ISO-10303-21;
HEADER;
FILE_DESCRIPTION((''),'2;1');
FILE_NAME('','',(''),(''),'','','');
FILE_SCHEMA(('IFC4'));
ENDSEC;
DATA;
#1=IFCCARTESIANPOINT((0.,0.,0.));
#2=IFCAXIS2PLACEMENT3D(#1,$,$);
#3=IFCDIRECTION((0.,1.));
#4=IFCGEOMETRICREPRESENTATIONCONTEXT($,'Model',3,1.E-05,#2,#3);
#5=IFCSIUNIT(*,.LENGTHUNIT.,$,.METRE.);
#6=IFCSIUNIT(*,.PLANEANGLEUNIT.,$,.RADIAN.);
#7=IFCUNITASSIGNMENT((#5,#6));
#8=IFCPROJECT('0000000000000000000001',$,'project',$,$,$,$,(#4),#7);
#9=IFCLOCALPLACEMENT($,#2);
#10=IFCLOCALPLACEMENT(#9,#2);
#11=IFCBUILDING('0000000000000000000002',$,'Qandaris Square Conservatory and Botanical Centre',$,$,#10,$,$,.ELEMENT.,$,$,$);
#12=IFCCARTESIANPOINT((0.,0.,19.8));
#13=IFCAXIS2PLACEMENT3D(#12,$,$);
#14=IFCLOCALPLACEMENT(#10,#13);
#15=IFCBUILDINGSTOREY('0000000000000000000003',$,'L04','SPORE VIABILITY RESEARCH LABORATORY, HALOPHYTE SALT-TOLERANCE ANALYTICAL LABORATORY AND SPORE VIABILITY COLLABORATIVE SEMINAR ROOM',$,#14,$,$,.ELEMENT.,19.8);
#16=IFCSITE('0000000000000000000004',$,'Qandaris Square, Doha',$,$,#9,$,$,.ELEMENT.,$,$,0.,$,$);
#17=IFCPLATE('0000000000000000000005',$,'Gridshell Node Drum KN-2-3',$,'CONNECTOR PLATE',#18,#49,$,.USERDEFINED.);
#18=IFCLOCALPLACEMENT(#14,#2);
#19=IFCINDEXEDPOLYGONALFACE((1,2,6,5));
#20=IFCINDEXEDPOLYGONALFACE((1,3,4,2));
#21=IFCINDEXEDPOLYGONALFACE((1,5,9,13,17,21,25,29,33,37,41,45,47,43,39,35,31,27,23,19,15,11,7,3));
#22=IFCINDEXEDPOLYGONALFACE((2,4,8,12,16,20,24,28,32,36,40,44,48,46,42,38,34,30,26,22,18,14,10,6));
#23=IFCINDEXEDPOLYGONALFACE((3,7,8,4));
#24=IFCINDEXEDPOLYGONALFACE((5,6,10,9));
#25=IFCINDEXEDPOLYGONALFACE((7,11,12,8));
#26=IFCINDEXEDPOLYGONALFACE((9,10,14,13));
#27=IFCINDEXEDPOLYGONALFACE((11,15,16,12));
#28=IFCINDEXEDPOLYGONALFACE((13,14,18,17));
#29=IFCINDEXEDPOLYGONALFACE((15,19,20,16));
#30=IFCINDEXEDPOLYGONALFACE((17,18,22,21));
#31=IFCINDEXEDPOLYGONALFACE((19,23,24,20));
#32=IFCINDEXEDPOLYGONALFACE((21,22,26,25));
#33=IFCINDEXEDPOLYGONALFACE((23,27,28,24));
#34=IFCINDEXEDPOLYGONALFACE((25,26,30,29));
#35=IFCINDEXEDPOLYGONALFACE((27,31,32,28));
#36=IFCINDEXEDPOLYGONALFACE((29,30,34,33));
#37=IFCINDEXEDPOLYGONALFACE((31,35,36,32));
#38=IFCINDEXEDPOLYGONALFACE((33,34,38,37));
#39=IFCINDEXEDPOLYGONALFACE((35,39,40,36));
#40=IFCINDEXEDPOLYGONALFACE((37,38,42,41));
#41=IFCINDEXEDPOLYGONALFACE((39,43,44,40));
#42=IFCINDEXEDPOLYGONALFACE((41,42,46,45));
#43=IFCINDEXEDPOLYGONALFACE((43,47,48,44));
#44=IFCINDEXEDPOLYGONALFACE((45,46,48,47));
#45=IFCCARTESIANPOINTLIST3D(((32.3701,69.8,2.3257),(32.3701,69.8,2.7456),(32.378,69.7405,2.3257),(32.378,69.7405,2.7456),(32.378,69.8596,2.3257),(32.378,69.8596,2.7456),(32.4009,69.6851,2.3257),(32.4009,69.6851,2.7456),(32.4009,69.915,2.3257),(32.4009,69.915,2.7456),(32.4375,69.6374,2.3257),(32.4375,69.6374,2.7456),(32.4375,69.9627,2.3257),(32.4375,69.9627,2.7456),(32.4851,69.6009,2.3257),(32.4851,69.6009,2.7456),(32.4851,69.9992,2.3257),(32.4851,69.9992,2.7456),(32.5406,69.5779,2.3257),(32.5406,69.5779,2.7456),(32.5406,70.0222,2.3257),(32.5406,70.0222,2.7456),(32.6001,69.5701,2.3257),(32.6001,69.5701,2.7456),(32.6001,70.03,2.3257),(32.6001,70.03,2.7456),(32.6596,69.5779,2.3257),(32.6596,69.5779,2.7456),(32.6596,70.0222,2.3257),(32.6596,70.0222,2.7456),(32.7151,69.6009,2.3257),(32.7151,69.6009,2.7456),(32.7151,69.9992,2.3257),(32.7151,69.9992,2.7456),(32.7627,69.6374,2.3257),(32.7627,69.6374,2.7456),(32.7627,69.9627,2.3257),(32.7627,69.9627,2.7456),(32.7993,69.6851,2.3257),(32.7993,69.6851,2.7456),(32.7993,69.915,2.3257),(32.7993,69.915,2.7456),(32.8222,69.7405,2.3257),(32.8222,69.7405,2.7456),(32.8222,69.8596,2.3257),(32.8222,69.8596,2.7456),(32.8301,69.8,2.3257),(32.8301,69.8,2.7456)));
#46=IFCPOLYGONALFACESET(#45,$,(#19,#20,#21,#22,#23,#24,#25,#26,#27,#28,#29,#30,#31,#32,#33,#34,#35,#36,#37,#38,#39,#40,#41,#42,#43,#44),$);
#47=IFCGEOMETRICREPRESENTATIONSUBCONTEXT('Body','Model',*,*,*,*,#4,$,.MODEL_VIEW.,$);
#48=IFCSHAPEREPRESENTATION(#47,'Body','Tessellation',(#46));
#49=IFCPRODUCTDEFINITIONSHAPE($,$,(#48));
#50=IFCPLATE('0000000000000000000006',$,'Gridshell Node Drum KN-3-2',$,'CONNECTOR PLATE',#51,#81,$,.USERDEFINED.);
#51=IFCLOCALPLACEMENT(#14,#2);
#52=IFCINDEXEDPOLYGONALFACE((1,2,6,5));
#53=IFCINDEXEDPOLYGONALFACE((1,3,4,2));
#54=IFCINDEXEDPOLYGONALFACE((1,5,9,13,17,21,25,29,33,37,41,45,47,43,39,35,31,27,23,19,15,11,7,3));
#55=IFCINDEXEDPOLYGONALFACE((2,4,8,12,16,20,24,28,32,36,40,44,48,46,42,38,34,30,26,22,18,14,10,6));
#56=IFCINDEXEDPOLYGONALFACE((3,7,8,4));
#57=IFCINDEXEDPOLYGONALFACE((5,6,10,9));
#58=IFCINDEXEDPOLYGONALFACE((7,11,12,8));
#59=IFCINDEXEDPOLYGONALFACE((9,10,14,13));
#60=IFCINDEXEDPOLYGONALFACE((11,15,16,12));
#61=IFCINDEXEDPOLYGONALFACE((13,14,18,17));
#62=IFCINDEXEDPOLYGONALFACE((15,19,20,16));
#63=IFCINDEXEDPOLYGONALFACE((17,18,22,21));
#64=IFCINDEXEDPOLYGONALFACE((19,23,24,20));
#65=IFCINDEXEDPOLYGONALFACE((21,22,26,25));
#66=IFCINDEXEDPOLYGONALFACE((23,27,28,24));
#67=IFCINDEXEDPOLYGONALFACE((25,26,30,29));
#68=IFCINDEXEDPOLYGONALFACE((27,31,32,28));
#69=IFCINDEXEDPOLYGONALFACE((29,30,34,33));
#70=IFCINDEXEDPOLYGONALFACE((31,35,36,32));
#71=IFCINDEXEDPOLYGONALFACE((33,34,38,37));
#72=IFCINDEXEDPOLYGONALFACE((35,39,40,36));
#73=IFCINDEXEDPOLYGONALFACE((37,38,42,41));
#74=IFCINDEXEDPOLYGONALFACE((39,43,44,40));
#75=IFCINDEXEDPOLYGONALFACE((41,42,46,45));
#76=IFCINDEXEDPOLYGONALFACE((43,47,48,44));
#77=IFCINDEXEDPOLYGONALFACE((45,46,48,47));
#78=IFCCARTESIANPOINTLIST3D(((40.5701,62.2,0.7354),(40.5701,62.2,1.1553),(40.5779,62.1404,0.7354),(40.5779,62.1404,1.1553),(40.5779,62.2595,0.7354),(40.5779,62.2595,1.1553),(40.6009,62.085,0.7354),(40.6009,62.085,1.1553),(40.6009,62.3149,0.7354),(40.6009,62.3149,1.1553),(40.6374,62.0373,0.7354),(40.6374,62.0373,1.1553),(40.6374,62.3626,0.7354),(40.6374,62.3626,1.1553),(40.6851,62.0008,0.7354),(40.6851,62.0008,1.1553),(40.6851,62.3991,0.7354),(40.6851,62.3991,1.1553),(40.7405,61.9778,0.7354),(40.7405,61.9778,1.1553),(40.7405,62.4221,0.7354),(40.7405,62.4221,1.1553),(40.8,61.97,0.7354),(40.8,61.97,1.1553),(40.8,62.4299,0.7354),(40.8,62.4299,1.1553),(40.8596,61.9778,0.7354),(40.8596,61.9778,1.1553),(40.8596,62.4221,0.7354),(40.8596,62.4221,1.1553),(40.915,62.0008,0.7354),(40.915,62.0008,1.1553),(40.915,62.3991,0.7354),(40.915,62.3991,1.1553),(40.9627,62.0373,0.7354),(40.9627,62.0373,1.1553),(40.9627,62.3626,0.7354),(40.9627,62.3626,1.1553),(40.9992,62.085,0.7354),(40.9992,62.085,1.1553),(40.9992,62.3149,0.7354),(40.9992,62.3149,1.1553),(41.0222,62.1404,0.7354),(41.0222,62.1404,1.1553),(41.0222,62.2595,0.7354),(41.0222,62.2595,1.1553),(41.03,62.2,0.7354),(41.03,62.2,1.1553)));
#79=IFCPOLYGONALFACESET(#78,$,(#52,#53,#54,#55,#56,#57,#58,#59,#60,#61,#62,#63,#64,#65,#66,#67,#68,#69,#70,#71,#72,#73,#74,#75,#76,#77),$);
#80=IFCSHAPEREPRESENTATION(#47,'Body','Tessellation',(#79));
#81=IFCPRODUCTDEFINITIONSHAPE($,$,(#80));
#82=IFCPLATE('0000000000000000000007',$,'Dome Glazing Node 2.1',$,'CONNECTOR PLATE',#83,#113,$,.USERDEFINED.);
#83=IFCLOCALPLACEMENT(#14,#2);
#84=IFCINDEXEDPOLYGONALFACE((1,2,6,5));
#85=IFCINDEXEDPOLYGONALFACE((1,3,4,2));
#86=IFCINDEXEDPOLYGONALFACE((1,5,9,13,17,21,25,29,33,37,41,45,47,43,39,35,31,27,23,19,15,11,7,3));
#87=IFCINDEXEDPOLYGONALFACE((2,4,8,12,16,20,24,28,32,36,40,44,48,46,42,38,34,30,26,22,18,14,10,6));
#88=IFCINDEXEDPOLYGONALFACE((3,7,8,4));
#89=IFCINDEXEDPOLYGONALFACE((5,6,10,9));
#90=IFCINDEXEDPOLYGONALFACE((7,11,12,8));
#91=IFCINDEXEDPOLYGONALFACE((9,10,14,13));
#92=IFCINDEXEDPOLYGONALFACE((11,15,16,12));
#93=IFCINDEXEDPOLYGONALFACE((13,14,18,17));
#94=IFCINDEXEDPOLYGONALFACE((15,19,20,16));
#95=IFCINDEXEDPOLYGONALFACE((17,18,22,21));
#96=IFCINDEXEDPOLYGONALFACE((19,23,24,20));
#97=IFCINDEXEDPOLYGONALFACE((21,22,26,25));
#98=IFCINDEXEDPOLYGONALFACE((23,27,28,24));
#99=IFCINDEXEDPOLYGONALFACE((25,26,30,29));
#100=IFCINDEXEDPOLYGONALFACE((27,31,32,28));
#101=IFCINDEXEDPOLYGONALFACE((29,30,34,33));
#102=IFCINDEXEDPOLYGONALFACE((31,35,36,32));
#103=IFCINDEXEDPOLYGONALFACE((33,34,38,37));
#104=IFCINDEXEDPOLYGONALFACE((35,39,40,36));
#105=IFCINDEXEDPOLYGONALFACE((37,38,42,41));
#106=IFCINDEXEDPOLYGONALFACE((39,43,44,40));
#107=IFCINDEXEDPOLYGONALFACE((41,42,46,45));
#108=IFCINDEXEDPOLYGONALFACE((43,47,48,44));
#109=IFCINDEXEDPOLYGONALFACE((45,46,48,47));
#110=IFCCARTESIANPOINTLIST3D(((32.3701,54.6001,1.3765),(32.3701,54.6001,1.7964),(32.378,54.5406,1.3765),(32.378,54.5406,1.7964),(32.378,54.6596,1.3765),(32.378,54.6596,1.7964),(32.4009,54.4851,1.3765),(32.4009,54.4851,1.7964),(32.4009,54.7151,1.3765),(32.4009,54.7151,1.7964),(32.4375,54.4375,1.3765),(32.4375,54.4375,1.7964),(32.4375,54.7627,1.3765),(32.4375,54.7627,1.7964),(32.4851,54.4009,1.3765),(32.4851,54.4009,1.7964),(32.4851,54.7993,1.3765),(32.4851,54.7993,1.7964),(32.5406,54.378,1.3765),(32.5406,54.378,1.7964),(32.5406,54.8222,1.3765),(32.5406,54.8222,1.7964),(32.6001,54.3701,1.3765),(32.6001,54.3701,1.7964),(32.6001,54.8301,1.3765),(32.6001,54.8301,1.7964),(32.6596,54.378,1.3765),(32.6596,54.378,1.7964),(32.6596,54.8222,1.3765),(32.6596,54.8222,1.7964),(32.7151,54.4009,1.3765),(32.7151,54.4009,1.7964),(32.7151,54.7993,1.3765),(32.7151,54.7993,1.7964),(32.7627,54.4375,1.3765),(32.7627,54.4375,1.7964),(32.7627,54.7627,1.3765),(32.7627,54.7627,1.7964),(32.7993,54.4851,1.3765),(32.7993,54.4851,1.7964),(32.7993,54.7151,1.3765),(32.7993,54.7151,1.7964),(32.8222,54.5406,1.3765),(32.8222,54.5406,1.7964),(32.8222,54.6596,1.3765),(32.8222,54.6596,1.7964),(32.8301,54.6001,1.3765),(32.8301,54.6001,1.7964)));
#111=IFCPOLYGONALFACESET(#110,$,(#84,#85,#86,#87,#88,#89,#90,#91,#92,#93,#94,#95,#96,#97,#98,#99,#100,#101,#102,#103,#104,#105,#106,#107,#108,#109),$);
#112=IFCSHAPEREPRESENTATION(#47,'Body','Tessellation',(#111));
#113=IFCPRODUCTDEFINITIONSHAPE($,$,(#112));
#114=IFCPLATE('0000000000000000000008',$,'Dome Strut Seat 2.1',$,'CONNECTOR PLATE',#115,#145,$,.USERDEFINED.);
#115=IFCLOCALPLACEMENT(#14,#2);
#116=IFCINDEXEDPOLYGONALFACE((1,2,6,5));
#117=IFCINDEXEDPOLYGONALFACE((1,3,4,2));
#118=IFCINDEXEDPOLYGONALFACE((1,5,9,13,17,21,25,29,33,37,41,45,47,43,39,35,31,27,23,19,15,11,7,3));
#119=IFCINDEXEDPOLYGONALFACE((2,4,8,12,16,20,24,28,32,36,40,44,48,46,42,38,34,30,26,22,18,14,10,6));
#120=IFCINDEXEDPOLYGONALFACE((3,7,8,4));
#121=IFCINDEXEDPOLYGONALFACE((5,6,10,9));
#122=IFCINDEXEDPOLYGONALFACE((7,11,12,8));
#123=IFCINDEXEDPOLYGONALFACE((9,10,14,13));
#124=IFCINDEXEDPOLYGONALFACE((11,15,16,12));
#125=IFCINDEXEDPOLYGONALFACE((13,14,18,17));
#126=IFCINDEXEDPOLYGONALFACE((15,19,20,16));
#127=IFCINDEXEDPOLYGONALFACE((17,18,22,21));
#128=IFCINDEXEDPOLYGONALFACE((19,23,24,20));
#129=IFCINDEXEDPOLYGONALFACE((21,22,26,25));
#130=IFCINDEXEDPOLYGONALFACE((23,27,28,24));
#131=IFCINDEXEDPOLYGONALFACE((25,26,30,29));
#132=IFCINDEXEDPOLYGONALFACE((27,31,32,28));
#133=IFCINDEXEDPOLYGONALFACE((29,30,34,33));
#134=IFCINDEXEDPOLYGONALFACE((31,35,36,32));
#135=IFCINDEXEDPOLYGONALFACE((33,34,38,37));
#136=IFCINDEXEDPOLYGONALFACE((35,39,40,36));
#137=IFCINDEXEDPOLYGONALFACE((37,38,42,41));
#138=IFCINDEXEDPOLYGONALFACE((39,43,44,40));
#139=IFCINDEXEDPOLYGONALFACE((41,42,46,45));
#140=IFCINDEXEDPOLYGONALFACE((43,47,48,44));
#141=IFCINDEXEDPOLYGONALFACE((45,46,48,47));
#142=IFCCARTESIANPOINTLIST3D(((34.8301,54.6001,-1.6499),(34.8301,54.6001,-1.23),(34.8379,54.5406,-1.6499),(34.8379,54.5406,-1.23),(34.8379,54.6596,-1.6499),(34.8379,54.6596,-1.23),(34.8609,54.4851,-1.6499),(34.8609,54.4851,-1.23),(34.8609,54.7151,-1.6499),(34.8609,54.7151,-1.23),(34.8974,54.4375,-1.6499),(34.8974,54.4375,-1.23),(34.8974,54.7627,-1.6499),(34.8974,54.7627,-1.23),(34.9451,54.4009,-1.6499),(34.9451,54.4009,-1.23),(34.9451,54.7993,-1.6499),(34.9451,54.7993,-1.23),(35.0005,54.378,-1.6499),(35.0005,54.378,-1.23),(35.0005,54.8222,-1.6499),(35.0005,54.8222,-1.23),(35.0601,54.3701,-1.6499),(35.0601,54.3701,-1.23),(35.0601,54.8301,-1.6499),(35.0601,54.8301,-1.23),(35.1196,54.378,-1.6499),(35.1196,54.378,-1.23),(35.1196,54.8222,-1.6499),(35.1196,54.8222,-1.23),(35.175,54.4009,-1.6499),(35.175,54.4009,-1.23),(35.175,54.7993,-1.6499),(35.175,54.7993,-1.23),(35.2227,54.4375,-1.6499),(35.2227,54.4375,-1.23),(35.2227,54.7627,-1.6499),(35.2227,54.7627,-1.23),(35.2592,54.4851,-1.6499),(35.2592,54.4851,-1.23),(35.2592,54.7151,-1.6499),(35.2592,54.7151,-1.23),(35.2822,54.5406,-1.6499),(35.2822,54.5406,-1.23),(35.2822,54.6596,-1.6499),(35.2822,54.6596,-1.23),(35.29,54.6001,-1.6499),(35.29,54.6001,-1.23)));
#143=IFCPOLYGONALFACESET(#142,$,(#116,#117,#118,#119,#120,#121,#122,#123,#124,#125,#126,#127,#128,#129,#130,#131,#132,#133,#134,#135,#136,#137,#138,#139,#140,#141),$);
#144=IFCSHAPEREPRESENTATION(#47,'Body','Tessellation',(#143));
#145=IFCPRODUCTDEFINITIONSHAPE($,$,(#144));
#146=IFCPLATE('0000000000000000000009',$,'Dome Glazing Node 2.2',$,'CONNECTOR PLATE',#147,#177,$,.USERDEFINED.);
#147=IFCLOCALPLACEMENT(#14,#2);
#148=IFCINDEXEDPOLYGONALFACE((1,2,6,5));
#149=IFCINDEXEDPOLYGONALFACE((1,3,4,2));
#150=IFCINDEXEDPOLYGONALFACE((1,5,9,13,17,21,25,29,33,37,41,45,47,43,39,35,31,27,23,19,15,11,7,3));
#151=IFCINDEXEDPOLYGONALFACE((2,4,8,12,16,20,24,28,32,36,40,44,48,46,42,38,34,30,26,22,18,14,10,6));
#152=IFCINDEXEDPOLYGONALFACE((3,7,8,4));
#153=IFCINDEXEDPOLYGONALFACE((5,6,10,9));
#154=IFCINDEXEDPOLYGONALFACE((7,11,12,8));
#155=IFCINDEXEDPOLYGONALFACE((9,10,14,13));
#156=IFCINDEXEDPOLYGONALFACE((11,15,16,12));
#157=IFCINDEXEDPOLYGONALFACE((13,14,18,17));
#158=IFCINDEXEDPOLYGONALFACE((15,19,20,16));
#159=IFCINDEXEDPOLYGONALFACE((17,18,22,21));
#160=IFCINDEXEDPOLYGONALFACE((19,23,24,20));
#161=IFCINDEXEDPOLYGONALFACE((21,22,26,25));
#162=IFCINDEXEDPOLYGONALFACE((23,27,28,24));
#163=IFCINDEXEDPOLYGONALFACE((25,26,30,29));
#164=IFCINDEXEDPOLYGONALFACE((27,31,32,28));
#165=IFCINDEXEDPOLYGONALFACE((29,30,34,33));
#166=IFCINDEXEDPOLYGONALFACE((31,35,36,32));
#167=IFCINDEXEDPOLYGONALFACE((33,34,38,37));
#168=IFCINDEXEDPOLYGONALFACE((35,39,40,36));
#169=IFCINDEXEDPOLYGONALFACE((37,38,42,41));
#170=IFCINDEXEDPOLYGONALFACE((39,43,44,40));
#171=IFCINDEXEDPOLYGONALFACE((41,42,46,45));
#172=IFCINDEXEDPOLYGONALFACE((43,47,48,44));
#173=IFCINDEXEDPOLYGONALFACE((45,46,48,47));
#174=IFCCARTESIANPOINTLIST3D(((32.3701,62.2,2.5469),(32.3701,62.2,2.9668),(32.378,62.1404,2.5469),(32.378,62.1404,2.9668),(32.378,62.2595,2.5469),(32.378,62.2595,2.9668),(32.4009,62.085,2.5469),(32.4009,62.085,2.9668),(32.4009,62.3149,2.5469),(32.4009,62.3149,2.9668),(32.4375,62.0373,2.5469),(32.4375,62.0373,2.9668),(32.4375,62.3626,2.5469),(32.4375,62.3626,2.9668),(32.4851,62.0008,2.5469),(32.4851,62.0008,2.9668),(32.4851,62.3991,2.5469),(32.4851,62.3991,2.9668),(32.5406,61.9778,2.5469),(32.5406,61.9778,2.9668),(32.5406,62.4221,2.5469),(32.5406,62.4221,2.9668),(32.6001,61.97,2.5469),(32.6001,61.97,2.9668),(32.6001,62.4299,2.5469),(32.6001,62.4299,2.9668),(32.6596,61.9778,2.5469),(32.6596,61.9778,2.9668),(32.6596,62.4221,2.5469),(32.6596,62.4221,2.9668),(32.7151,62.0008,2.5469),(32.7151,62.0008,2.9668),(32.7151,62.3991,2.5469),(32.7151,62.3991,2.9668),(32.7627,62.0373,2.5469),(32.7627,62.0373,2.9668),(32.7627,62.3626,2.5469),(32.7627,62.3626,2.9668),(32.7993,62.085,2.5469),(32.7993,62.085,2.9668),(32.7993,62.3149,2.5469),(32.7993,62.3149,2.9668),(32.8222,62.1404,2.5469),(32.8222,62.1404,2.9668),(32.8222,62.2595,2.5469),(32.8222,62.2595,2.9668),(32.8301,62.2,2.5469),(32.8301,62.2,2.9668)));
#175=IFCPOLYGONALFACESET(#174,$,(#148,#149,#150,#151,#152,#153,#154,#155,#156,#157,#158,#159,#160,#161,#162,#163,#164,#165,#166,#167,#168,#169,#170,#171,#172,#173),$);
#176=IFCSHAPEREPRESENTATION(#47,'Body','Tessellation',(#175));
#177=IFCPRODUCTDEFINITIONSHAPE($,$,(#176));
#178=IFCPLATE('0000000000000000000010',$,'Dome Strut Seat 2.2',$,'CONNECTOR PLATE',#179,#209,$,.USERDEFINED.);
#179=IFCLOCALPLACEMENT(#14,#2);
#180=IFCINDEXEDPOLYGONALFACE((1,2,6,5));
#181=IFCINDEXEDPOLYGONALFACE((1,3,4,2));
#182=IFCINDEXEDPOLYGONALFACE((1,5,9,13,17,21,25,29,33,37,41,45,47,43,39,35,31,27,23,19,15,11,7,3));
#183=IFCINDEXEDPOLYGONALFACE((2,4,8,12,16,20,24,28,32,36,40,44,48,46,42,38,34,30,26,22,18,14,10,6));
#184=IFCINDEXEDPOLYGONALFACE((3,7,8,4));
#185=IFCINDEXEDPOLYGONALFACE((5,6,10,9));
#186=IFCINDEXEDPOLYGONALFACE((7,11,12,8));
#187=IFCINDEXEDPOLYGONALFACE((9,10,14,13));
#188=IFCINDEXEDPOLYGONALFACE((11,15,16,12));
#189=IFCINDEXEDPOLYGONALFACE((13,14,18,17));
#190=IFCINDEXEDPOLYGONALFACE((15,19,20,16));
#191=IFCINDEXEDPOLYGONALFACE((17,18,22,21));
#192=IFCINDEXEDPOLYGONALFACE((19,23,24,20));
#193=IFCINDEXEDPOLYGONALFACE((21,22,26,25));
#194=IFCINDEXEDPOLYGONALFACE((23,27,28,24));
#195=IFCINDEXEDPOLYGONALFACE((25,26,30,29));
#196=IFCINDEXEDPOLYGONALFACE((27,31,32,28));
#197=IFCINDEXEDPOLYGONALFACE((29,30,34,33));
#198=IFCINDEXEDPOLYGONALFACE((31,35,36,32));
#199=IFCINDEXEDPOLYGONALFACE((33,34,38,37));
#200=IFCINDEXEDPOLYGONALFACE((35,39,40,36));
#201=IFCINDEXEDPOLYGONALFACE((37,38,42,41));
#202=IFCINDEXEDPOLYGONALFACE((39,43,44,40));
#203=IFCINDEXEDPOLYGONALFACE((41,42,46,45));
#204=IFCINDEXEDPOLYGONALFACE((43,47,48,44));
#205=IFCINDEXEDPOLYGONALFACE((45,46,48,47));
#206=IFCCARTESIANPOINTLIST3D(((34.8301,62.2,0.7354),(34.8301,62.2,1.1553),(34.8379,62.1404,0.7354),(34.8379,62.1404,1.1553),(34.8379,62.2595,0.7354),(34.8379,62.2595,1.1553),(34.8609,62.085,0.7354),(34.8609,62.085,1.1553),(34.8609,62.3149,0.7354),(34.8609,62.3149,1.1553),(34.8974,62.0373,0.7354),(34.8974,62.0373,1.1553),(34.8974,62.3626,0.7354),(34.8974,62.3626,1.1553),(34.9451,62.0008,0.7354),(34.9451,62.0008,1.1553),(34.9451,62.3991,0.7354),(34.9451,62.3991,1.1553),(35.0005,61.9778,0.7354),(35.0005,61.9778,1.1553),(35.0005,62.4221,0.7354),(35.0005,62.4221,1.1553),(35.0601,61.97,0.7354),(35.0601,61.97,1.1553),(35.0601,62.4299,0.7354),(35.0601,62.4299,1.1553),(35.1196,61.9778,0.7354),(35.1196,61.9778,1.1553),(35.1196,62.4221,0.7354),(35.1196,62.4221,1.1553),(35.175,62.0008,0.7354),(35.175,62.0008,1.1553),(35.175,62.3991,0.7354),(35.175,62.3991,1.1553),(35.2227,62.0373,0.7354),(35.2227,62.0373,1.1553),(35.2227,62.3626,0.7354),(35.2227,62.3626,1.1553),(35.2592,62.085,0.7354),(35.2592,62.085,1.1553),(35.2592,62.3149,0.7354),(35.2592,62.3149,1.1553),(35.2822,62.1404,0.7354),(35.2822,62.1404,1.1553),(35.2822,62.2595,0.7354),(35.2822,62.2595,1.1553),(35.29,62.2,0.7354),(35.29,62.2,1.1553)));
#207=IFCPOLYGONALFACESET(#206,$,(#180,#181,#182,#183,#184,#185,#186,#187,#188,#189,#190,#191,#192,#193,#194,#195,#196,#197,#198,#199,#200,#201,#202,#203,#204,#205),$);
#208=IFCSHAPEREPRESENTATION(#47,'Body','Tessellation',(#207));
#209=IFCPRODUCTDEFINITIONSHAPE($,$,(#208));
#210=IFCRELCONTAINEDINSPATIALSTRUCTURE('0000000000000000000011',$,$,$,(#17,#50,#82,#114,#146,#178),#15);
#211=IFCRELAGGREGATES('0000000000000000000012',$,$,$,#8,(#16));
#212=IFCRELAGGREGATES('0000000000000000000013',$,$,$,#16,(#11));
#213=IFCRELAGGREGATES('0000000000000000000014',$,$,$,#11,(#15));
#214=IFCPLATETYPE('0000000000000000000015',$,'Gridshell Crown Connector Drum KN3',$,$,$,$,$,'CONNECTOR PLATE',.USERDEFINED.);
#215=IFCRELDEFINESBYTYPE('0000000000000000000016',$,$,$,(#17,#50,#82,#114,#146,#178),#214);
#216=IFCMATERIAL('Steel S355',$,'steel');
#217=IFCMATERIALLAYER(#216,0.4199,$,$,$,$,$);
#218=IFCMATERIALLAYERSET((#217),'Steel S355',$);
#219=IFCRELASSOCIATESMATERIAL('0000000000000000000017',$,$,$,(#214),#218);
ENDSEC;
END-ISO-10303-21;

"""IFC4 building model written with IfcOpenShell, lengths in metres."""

from ifc_helpers import new_model, si_unit, direction, frame, origin, origin_2d, place, context, subcontext, project, spatial, circle, extrude, material, layer, layer_set, type_object, element, save


model = new_model("IFC4")

# Units and contexts
model_context = context("Model", 3, precision=1e-05, world=origin(), true_north=direction((0.0, 1.0)))
body_context = subcontext(model_context, "Body", "Model", "MODEL_VIEW")
ifc_project = project(units=[si_unit("LENGTHUNIT", "METRE"), si_unit("PLANEANGLEUNIT", "RADIAN")], contexts=[model_context])

# Site, building, storey
site_placement = place(None, origin())
site = spatial("IfcSite", under=ifc_project, at=site_placement, Name="Qandaris Square, Doha", CompositionType="ELEMENT", RefElevation=0.0)
building_placement = place(site_placement, origin())
building = spatial("IfcBuilding", under=site, at=building_placement, Name="Qandaris Square Conservatory and Botanical Centre", CompositionType="ELEMENT")
storey_placement = place(building_placement, frame((0.0, 0.0, 19.8)))
storey = spatial("IfcBuildingStorey", under=building, at=storey_placement, Name="L04", Description="SPORE VIABILITY RESEARCH LABORATORY, HALOPHYTE SALT-TOLERANCE ANALYTICAL LABORATORY AND SPORE VIABILITY COLLABORATIVE SEMINAR ROOM", CompositionType="ELEMENT", Elevation=19.8)

# Shared definitions
ifc_material = material(Name="Steel S355", Category="steel")

# Plates
ifc_layer_1 = layer(ifc_material, 0.4199)
ifc_layer_set_1 = layer_set([ifc_layer_1], Name="Steel S355")
plate_type = type_object("IfcPlateType", Name="Gridshell Crown Connector Drum KN3", ElementType="CONNECTOR PLATE", PredefinedType="USERDEFINED", material=ifc_layer_set_1)
for number, where, z_axis, x_axis, name in (
    (1, (32.6001, 69.8, 2.3257), (0.0, 0.0, 1.0), (1.0, 0.0, 0.0), "Gridshell Node Drum KN-2-3"),
    (2, (40.8, 62.2, 0.7354), (0.0, 0.0, 1.0), (1.0, 0.0, 0.0), "Gridshell Node Drum KN-3-2"),
    (3, (32.6001, 54.6001, 1.3765), (0.0, 0.0, 1.0), (1.0, 0.0, 0.0), "Dome Glazing Node 2.1"),
    (4, (35.0601, 54.6001, -1.6499), (0.0, 0.0, 1.0), (1.0, 0.0, 0.0), "Dome Strut Seat 2.1"),
    (5, (32.6001, 62.2, 2.5469), (0.0, 0.0, 1.0), (1.0, 0.0, 0.0), "Dome Glazing Node 2.2"),
    (6, (35.0601, 62.2, 0.7354), (0.0, 0.0, 1.0), (1.0, 0.0, 0.0), "Dome Strut Seat 2.2"),
):
    element("IfcPlate", number, at=place(storey_placement, frame(where, z_axis=z_axis, x_axis=x_axis)), inside=storey, type_object=plate_type, Name=name, ObjectType="CONNECTOR PLATE", PredefinedType="USERDEFINED", context=body_context, shape_type="SweptSolid", body=[
        extrude(circle(Radius=0.23, at=origin_2d()), origin(), (0.0, 0.0, 1.0), 0.4199),
    ])

save(model, "model.ifc")
